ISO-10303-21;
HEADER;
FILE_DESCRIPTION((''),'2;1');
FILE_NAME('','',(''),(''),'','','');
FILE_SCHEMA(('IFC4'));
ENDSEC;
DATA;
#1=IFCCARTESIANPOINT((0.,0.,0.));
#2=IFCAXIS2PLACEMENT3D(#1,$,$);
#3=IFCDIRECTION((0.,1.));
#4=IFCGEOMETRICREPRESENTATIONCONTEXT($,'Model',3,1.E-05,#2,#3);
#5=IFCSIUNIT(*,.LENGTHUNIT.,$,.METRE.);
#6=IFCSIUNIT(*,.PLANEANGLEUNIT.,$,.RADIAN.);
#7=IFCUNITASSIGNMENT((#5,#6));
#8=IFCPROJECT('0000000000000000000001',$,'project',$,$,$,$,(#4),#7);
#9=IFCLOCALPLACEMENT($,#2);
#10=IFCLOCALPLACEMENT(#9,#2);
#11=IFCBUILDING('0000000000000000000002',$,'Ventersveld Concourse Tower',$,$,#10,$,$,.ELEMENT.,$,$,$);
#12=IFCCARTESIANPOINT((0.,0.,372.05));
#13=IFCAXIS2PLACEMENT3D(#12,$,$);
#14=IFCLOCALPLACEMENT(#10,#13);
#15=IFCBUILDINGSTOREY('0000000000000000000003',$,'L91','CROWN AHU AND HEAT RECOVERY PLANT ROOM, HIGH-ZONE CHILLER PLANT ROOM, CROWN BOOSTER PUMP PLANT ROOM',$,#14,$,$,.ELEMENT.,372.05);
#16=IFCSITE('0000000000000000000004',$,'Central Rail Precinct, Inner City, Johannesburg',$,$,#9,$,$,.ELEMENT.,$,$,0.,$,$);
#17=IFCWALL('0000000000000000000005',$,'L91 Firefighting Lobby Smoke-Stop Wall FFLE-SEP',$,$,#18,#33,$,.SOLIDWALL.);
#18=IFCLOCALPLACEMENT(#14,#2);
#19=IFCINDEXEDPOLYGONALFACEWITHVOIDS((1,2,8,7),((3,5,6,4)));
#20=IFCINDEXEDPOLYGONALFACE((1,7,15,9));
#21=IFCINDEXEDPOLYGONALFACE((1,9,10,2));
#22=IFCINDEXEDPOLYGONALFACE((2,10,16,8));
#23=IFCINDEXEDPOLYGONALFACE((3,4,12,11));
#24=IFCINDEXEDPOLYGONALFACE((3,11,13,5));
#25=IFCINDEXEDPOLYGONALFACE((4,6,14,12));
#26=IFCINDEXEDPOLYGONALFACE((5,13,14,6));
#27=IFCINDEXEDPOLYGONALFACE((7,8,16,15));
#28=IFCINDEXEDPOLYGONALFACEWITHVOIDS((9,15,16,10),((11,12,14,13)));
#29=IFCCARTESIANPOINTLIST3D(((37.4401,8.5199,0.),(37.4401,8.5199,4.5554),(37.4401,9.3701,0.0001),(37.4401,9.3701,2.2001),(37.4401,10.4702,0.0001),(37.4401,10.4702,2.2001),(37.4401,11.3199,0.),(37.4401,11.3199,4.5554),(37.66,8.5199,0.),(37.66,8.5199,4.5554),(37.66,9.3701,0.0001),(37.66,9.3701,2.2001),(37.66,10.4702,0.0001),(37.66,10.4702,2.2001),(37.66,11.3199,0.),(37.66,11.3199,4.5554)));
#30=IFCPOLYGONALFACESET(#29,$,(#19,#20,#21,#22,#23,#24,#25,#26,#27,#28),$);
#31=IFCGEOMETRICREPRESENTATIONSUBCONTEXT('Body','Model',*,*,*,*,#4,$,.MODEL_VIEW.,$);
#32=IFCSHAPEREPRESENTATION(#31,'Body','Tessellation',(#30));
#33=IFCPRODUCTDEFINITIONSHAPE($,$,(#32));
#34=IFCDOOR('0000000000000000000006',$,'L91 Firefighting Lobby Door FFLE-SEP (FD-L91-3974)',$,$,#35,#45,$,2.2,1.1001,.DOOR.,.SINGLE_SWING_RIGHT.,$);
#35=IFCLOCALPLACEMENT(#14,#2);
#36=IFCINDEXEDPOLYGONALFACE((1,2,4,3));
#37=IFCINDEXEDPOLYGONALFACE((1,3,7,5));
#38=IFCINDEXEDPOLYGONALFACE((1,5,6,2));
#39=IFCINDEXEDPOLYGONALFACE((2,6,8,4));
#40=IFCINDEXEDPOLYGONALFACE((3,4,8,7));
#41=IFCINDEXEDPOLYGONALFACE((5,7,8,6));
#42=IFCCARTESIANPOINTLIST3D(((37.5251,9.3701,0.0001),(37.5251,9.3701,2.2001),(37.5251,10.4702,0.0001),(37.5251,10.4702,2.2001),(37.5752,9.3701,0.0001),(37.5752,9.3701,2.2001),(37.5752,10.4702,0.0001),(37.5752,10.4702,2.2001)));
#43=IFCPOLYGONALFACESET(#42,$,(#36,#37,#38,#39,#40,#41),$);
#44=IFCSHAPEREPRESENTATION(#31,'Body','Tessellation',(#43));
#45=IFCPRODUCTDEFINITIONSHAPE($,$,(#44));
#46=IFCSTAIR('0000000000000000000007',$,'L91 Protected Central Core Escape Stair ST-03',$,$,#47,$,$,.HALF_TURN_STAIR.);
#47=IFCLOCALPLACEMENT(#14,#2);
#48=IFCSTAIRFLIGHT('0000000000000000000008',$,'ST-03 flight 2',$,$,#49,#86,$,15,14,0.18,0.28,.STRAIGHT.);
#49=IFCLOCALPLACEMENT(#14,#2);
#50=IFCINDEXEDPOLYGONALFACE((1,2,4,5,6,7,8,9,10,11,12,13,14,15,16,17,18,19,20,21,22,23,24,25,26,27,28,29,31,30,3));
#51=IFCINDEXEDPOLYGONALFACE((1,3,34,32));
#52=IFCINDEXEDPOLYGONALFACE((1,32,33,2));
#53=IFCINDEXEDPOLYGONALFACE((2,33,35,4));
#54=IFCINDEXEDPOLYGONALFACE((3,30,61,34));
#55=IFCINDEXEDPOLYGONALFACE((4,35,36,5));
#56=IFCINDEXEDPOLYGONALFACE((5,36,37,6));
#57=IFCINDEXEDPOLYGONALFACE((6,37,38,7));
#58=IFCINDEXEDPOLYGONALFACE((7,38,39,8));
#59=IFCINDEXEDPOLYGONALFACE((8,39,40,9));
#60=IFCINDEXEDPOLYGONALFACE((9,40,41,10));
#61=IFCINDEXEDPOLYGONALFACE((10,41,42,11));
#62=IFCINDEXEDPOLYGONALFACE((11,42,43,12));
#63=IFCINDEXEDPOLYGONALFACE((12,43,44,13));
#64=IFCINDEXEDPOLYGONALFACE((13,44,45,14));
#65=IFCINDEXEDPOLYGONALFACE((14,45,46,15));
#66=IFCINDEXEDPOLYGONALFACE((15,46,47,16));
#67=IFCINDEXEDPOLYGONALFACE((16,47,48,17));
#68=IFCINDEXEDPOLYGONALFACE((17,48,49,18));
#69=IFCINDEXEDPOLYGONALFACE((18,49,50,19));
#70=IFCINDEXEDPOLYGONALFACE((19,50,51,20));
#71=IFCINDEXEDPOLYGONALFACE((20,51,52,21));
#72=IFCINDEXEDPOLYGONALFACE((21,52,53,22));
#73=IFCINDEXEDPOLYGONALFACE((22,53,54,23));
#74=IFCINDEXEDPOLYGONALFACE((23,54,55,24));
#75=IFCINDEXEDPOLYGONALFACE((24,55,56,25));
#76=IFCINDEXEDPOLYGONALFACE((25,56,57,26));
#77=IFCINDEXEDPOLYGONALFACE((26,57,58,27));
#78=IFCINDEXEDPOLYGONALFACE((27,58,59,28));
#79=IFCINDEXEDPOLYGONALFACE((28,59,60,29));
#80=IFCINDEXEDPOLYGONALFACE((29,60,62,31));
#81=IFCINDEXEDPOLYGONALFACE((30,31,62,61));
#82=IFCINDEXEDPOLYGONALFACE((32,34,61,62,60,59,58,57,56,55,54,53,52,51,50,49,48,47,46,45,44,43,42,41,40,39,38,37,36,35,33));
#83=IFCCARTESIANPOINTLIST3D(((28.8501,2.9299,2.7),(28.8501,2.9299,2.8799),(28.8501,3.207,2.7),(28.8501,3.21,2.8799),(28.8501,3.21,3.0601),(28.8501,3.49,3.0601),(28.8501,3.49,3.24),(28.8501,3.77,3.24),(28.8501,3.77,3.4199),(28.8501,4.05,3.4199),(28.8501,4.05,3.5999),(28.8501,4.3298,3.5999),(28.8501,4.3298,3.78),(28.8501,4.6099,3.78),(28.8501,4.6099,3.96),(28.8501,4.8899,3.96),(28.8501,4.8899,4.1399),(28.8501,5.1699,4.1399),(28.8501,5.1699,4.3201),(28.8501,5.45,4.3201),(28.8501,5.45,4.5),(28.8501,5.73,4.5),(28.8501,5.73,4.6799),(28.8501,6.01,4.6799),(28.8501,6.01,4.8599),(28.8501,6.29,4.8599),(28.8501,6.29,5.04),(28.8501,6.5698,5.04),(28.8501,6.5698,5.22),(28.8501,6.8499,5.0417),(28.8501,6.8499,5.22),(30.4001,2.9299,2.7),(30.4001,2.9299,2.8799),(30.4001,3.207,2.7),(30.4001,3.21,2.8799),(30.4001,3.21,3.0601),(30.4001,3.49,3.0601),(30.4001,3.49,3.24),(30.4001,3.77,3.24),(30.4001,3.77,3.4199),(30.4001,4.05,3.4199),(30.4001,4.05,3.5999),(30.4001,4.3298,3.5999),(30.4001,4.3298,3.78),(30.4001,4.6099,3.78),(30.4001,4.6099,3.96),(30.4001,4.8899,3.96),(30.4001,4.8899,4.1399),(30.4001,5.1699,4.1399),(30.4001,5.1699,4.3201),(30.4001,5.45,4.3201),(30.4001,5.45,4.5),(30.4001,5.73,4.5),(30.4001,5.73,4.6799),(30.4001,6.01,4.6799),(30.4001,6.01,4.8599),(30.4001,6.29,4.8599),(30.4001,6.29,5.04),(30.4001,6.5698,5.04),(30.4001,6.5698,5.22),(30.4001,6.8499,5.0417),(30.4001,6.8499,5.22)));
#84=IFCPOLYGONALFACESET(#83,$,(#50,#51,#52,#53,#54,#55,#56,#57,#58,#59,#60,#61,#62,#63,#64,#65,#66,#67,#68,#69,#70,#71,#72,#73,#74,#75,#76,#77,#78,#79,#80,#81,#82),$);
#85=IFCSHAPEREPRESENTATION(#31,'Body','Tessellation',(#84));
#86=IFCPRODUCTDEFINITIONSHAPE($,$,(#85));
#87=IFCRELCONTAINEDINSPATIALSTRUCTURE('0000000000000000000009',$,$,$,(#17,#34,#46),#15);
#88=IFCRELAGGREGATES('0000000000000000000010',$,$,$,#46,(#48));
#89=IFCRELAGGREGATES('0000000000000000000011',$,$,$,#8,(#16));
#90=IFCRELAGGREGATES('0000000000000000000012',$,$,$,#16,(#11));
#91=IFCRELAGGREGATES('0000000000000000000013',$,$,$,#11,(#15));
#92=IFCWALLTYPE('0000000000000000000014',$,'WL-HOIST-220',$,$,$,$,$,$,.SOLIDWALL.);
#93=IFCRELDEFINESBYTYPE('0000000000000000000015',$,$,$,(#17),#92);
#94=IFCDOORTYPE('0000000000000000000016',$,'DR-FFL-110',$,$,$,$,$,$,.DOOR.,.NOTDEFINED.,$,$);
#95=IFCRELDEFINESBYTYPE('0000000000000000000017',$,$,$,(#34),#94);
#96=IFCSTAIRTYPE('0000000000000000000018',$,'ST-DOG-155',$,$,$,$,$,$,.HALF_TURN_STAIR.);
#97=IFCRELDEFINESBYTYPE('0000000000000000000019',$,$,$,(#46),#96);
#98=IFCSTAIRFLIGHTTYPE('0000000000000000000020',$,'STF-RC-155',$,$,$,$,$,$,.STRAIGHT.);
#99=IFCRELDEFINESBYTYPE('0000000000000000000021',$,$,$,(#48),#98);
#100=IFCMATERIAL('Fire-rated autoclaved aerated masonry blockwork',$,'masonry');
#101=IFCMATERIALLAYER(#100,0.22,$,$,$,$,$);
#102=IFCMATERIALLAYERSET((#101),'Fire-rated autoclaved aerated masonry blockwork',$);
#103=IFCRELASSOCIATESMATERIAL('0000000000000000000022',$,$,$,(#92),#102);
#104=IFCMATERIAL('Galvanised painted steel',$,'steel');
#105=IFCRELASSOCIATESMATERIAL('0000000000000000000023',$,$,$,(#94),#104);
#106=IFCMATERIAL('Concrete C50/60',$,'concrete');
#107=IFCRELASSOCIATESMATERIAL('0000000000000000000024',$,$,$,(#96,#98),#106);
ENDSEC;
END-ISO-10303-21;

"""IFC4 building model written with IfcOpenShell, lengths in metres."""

from ifc_helpers import new_model, si_unit, direction, frame, frame_2d, origin, place, context, subcontext, project, spatial, polyline, rectangle, outline, extrude, material, layer, layer_set, type_object, element, fill, aggregate, save


model = new_model("IFC4")

# Units and contexts
model_context = context("Model", 3, precision=1e-05, world=origin(), true_north=direction((0.0, 1.0)))
body_context = subcontext(model_context, "Body", "Model", "MODEL_VIEW")
ifc_project = project(units=[si_unit("LENGTHUNIT", "METRE"), si_unit("PLANEANGLEUNIT", "RADIAN")], contexts=[model_context])

# Site, building, storey
site_placement = place(None, origin())
site = spatial("IfcSite", under=ifc_project, at=site_placement, Name="Central Rail Precinct, Inner City, Johannesburg", CompositionType="ELEMENT", RefElevation=0.0)
building_placement = place(site_placement, origin())
building = spatial("IfcBuilding", under=site, at=building_placement, Name="Ventersveld Concourse Tower", CompositionType="ELEMENT")
storey_placement = place(building_placement, frame((0.0, 0.0, 372.05)))
storey = spatial("IfcBuildingStorey", under=building, at=storey_placement, Name="L91", Description="CROWN AHU AND HEAT RECOVERY PLANT ROOM, HIGH-ZONE CHILLER PLANT ROOM, CROWN BOOSTER PUMP PLANT ROOM", CompositionType="ELEMENT", Elevation=372.05)

# Shared definitions
ifc_material_1 = material(Name="Concrete C50/60", Category="concrete")

# Shared definitions
ifc_material_2 = material(Name="Fire-rated autoclaved aerated masonry blockwork", Category="masonry")
ifc_material_3 = material(Name="Galvanised painted steel", Category="steel")

# Shared definitions
ifc_layer_1 = layer(ifc_material_2, 0.22)
ifc_layer_set_1 = layer_set([ifc_layer_1], Name="Fire-rated autoclaved aerated masonry blockwork")
wall_type_1 = type_object("IfcWallType", Name="WL-HOIST-220", PredefinedType="SOLIDWALL", material=ifc_layer_set_1)

# Wall, opening, door
wall_1_placement = place(storey_placement, frame((37.55, 8.52, 0.0), z_axis=(0.0, 0.0, 1.0), x_axis=(0.0, 1.0, 0.0)))
wall_1 = element("IfcWall", 1, at=wall_1_placement, inside=storey, type_object=wall_type_1, Name="L91 Firefighting Lobby Smoke-Stop Wall FFLE-SEP", PredefinedType="SOLIDWALL", context=body_context, shape_type="SweptSolid", body=[
    extrude(rectangle(XDim=2.8, YDim=0.22, at=frame_2d((1.3999, 0.0))), origin(), (0.0, 0.0, 1.0), 4.5554),
])
opening_1_placement = place(wall_1_placement, frame((0.8501, 0.0, 0.0)))
opening_1 = element("IfcOpeningElement", 2, at=opening_1_placement, cuts=wall_1, PredefinedType="OPENING", context=body_context, shape_type="SweptSolid", body=[
    extrude(rectangle(XDim=1.1001, YDim=2.2, at=frame_2d((0.55, 1.1001))), frame((0.0, 0.1201, 0.0), z_axis=(0.0, -1.0, 0.0), x_axis=(1.0, 0.0, 0.0)), (0.0, 0.0, 1.0), 0.24),
])
door_type_1 = type_object("IfcDoorType", Name="DR-FFL-110", OperationType="NOTDEFINED", PredefinedType="DOOR", material=ifc_material_3)
door_1_placement = place(opening_1_placement, origin())
door_1 = element("IfcDoor", 3, at=door_1_placement, inside=storey, type_object=door_type_1, Name="L91 Firefighting Lobby Door FFLE-SEP (FD-L91-3974)", OperationType="SINGLE_SWING_RIGHT", OverallHeight=2.2, OverallWidth=1.1001, PredefinedType="DOOR", context=body_context, shape_type="SweptSolid", body=[
    extrude(rectangle(XDim=1.1001, YDim=2.2, at=frame_2d((0.55, 1.1001))), frame((0.0, 0.0249, 0.0), z_axis=(0.0, -1.0, 0.0), x_axis=(1.0, 0.0, 0.0)), (0.0, 0.0, 1.0), 0.05),
])
fill(opening_1, door_1)

# Stair, stair flight
stair_type = type_object("IfcStairType", Name="ST-DOG-155", PredefinedType="HALF_TURN_STAIR", material=ifc_material_1)
stair_placement = place(storey_placement, origin())
stair = element("IfcStair", 4, at=stair_placement, inside=storey, type_object=stair_type, Name="L91 Protected Central Core Escape Stair ST-03", PredefinedType="HALF_TURN_STAIR")
stair_flight_type = type_object("IfcStairFlightType", Name="STF-RC-155", PredefinedType="STRAIGHT", material=ifc_material_1)
stair_flight_placement = place(storey_placement, frame((29.625, 2.9299, 2.7), z_axis=(0.0, 0.0, 1.0), x_axis=(0.0, 1.0, 0.0)))
stair_flight = element("IfcStairFlight", 5, at=stair_flight_placement, type_object=stair_flight_type, Name="ST-03 flight 2", NumberOfRisers=15, NumberOfTreads=14, PredefinedType="STRAIGHT", RiserHeight=0.18, TreadLength=0.28, context=body_context, shape_type="SweptSolid", body=[
    extrude(outline(polyline([(0.0, 0.0), (0.0, 0.1799), (0.28, 0.1799), (0.28, 0.3601), (0.5601, 0.3601), (0.5601, 0.54), (0.8401, 0.54), (0.8401, 0.72), (1.1201, 0.72), (1.1201, 0.8999), (1.3999, 0.8999), (1.3999, 1.0801), (1.6799, 1.0801), (1.6799, 1.26), (1.96, 1.26), (1.96, 1.4399), (2.24, 1.4399), (2.24, 1.6201), (2.52, 1.6201), (2.52, 1.8), (2.8, 1.8), (2.8, 1.98), (3.0801, 1.98), (3.0801, 2.1599), (3.3601, 2.1599), (3.3601, 2.3401), (3.6399, 2.3401), (3.6399, 2.52), (3.9199, 2.52), (3.9199, 2.7), (3.9199, 2.3418), (0.2771, 0.0), (0.0, 0.0)])), frame((0.0, 0.7749, 0.0), z_axis=(0.0, -1.0, 0.0), x_axis=(1.0, 0.0, 0.0)), (0.0, 0.0, 1.0), 1.55),
])
aggregate(stair, [stair_flight])

save(model, "model.ifc")
